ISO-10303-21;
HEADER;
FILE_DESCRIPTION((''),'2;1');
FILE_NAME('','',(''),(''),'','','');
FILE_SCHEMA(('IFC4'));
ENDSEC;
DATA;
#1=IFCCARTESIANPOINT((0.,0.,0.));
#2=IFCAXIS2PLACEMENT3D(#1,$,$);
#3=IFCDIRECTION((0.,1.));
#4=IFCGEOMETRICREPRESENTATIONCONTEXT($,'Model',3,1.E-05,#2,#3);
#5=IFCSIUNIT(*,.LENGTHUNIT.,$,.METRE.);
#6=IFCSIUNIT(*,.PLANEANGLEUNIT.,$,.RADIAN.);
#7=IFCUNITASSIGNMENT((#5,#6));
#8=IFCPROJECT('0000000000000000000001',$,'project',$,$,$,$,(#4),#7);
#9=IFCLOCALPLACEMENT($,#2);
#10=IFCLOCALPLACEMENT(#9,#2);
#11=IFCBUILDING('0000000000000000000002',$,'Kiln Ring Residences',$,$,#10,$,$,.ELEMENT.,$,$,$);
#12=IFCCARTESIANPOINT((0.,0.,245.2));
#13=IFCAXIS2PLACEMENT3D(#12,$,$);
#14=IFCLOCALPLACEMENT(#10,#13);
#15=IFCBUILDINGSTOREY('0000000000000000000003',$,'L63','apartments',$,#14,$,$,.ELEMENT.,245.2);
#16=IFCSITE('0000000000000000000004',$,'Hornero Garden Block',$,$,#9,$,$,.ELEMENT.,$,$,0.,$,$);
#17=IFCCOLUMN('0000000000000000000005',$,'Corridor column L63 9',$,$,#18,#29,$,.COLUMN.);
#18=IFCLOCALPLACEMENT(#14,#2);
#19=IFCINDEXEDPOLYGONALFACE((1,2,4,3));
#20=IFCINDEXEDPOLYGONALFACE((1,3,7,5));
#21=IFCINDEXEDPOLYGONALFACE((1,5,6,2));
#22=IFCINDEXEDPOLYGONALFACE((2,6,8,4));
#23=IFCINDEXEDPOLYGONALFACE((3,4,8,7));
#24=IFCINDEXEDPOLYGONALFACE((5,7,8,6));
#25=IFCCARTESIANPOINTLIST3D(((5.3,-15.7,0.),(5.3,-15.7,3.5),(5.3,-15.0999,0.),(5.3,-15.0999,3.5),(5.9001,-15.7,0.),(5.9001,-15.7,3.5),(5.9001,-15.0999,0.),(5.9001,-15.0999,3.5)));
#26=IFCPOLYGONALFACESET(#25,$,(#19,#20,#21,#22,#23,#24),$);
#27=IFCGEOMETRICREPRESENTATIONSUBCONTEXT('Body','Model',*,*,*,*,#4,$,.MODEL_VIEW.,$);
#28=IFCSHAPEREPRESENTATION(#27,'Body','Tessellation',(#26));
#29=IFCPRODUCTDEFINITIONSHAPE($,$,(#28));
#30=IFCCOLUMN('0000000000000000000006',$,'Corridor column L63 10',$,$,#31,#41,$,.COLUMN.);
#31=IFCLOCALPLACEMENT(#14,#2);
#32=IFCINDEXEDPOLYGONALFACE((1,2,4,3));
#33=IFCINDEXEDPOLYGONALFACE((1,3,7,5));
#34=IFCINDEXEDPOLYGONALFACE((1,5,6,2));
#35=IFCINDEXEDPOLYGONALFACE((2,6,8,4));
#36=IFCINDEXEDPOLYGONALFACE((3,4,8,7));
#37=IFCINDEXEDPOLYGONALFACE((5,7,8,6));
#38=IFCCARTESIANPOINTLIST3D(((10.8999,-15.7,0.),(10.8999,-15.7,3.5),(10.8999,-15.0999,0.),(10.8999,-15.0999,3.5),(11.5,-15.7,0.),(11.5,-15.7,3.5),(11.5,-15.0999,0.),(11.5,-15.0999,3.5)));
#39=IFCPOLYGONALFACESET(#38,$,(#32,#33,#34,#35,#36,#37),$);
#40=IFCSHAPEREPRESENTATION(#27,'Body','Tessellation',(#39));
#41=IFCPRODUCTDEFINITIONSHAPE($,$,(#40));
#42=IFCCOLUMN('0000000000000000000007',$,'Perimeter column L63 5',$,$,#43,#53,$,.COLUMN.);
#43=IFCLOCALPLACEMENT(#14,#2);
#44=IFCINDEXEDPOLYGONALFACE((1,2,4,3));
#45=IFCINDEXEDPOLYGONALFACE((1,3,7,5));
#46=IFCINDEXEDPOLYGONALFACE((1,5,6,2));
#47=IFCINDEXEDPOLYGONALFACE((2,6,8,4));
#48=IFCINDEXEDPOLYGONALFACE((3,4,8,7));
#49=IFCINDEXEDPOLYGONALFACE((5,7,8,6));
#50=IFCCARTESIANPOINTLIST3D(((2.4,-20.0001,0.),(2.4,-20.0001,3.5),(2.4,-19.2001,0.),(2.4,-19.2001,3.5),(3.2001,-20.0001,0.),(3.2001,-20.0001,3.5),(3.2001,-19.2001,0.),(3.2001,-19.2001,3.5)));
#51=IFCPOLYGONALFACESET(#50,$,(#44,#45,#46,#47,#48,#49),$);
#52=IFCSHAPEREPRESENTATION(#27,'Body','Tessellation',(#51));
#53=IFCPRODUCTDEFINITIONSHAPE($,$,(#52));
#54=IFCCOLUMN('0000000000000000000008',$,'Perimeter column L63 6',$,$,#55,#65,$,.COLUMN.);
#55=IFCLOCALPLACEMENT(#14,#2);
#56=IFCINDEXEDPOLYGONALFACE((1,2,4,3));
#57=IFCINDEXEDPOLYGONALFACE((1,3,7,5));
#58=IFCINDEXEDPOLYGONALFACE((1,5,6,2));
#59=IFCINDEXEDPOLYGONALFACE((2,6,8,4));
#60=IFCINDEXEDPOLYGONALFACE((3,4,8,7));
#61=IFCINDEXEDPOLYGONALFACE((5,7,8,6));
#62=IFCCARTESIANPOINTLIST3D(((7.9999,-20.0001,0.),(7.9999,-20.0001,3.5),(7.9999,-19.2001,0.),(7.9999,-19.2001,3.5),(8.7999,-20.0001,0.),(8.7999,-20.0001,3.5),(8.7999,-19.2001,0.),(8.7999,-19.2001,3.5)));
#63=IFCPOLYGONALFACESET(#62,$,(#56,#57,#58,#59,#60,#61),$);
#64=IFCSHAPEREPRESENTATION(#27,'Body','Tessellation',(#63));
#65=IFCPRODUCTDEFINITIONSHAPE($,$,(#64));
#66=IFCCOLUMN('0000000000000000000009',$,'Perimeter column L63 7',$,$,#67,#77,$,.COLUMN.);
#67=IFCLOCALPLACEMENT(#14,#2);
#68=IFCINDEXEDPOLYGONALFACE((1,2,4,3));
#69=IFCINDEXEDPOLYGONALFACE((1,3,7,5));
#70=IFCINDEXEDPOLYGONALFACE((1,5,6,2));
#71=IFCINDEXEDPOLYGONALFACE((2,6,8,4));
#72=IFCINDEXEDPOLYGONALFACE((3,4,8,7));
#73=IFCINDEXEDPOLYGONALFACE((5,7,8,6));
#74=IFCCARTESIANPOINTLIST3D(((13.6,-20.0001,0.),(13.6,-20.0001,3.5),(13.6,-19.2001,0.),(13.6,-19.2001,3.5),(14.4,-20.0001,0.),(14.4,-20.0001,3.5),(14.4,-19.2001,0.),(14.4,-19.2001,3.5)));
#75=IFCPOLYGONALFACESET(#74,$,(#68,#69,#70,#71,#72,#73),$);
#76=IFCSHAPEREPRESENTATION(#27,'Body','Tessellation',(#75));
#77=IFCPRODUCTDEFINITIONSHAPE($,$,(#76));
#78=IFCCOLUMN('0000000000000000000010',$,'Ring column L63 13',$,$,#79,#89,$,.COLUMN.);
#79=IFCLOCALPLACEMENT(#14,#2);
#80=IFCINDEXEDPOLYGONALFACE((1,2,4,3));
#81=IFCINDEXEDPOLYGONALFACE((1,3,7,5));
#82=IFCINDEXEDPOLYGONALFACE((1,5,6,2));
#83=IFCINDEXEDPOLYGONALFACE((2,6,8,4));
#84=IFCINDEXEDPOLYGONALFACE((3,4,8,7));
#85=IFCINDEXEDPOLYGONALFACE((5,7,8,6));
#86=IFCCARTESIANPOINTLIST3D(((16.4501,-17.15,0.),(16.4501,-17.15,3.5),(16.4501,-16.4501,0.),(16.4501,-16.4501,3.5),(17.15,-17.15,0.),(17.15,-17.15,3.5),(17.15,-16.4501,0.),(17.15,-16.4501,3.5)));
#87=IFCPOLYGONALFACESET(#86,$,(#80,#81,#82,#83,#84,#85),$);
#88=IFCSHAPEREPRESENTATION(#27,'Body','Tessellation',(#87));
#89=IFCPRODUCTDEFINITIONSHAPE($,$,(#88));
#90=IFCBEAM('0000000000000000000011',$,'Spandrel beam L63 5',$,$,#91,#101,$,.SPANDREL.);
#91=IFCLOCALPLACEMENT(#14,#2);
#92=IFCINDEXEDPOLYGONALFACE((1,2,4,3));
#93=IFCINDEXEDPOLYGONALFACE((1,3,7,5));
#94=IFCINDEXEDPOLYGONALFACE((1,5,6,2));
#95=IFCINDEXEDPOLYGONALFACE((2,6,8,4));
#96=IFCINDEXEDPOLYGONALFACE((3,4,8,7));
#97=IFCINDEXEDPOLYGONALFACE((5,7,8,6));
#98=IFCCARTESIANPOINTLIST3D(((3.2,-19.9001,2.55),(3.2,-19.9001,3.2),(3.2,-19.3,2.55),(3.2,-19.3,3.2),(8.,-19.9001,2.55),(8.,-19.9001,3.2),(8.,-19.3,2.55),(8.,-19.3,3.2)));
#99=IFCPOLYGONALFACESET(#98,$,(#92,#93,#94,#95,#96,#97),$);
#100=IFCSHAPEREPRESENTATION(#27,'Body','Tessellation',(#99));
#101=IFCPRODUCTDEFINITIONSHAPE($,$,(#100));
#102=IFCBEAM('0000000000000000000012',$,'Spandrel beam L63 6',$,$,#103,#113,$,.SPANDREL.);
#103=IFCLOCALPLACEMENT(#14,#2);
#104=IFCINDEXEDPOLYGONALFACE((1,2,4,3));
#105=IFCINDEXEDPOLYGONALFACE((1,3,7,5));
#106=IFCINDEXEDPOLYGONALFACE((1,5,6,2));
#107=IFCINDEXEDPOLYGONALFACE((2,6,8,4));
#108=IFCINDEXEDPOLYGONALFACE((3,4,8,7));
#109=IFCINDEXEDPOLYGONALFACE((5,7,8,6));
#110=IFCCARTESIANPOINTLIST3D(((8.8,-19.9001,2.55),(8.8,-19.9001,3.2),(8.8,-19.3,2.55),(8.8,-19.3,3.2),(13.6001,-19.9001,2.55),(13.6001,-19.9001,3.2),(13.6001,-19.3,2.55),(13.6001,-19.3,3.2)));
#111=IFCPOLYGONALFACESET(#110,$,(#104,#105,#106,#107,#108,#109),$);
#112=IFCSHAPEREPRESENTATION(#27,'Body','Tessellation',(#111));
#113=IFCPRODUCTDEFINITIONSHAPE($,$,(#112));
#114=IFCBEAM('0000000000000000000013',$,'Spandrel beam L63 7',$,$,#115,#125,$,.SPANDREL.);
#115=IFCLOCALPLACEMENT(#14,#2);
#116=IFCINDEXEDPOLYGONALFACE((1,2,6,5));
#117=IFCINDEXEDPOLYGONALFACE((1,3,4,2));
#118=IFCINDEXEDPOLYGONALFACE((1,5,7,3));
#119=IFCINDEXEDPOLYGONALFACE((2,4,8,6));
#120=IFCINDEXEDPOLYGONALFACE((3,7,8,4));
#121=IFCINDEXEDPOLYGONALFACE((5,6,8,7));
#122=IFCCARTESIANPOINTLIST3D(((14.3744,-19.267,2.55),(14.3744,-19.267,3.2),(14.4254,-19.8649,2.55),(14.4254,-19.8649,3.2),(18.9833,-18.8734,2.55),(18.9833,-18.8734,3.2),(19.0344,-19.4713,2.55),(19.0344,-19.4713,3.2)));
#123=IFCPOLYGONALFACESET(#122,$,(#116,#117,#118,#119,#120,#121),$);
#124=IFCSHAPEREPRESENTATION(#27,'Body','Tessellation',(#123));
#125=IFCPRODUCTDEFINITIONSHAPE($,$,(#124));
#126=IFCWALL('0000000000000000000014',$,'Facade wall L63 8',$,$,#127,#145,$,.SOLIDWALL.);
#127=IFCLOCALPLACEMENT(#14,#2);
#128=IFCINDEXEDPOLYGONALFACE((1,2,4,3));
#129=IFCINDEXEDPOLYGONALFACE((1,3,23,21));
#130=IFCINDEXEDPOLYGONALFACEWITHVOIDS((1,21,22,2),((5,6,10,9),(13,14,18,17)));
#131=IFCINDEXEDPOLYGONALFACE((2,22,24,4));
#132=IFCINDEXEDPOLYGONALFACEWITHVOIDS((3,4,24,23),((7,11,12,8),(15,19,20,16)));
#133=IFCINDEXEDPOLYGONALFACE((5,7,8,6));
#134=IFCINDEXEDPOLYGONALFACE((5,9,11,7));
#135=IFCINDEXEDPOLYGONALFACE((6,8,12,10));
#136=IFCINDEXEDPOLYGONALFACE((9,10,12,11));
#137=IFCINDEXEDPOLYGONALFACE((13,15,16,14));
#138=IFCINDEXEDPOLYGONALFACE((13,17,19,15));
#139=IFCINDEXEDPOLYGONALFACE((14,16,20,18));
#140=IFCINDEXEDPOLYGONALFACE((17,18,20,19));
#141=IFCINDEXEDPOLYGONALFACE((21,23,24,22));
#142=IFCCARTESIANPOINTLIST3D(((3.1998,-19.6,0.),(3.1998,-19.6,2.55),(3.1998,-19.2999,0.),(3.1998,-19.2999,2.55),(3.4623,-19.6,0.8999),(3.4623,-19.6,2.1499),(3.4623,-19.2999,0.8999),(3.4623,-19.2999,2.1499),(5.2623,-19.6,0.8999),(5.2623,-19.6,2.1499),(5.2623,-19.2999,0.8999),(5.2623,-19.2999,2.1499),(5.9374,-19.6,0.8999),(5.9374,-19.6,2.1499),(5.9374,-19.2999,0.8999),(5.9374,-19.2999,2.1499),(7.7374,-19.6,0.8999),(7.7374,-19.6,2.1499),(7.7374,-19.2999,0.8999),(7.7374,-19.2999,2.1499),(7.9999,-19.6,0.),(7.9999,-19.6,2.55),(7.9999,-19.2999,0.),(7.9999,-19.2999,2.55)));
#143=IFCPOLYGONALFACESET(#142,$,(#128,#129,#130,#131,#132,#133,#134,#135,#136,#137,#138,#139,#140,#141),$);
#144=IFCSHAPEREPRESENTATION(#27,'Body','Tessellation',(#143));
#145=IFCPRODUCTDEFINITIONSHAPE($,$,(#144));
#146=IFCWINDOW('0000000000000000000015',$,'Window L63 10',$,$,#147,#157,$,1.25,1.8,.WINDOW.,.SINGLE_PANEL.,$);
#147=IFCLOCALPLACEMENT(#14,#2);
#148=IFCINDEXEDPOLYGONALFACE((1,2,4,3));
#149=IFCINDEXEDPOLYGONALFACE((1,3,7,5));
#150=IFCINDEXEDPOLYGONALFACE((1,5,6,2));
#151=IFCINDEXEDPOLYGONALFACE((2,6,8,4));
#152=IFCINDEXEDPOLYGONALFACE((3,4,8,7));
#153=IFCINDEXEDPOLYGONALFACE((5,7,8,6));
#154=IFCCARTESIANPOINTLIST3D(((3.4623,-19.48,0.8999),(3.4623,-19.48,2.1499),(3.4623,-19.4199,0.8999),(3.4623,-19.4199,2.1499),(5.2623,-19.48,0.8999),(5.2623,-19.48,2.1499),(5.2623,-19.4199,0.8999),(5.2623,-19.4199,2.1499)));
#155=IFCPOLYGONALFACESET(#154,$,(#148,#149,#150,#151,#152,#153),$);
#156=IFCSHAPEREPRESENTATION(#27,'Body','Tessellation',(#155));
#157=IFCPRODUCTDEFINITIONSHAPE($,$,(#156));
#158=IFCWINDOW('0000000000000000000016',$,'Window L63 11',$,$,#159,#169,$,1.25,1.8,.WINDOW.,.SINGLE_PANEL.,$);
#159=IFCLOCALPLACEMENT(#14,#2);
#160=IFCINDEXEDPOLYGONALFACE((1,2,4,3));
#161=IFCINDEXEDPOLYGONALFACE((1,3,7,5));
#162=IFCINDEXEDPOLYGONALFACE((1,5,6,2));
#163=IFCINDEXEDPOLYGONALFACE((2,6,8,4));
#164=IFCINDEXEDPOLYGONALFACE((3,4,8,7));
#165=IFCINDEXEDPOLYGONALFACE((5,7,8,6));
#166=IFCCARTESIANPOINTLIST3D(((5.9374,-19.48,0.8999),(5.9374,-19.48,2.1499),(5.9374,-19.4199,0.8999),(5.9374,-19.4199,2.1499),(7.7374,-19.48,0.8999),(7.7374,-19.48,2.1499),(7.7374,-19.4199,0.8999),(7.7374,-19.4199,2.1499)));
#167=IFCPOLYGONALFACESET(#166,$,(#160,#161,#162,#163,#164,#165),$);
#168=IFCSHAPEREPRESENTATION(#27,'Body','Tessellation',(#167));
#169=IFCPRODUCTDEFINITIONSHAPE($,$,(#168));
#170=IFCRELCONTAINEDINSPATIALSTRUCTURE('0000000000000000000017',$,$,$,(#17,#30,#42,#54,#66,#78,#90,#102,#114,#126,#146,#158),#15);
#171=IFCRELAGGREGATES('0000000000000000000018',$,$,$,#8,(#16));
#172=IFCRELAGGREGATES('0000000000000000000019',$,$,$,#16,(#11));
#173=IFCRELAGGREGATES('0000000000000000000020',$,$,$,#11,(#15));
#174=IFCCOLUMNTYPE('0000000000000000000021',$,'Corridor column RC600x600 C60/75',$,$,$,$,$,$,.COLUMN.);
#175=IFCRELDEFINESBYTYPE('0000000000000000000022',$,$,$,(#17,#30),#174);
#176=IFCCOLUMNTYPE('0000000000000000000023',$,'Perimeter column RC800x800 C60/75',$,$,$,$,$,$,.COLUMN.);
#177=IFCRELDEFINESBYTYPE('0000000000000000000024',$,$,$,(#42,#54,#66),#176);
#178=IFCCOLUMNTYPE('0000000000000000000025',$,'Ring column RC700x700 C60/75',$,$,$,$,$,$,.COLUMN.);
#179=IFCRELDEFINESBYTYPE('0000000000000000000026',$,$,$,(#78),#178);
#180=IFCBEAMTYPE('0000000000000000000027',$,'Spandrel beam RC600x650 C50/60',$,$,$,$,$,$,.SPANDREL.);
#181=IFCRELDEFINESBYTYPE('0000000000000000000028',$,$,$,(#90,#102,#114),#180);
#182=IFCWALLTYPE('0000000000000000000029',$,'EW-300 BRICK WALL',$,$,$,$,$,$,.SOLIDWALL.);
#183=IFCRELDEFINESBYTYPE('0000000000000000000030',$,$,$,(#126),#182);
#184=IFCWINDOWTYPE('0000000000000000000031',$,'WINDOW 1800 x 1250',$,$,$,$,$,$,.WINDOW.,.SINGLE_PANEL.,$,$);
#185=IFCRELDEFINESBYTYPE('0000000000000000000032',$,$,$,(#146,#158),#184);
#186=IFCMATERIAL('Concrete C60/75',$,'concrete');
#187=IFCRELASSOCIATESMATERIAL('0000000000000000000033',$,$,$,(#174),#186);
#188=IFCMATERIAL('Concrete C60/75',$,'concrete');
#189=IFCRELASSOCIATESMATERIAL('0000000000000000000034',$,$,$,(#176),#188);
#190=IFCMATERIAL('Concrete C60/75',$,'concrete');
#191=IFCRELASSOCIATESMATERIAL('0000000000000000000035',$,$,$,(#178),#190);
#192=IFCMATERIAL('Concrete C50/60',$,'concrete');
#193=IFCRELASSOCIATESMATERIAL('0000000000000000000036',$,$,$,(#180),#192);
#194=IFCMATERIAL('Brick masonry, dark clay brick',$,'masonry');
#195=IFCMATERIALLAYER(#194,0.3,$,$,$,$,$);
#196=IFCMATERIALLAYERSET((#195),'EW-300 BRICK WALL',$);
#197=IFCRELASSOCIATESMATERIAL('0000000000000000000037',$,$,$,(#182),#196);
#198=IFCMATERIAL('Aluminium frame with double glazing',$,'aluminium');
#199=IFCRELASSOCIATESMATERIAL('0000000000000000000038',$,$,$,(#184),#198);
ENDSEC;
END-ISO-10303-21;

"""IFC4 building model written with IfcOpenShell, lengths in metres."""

from ifc_helpers import new_model, si_unit, direction, frame, frame_2d, origin, origin_2d, place, context, subcontext, project, spatial, rectangle, extrude, material, layer, layer_set, material_profile, profile_set, type_object, element, fill, save


model = new_model("IFC4")

# Units and contexts
model_context = context("Model", 3, precision=1e-05, world=origin(), true_north=direction((0.0, 1.0)))
body_context = subcontext(model_context, "Body", "Model", "MODEL_VIEW")
ifc_project = project(units=[si_unit("LENGTHUNIT", "METRE"), si_unit("PLANEANGLEUNIT", "RADIAN")], contexts=[model_context])

# Site, building, storey
site_placement = place(None, origin())
site = spatial("IfcSite", under=ifc_project, at=site_placement, Name="Hornero Garden Block", CompositionType="ELEMENT", RefElevation=0.0)
building_placement = place(site_placement, origin())
building = spatial("IfcBuilding", under=site, at=building_placement, Name="Kiln Ring Residences", CompositionType="ELEMENT")
storey_placement = place(building_placement, frame((0.0, 0.0, 245.2)))
storey = spatial("IfcBuildingStorey", under=building, at=storey_placement, Name="L63", Description="apartments", CompositionType="ELEMENT", Elevation=245.2)

# Columns
ifc_material_1 = material(Name="Concrete C60/75", Category="concrete")
ifc_material_profile_1 = material_profile(ifc_material_1, rectangle(XDim=0.6001, YDim=0.6001, at=origin_2d()), Name="RC600x600")
ifc_profile_set_1 = profile_set([ifc_material_profile_1], Name="Concrete C60/75")
column_type_1 = type_object("IfcColumnType", Name="Corridor column RC600x600 C60/75", PredefinedType="COLUMN", material=ifc_profile_set_1)
for number, where, z_axis, x_axis, name in (
    (1, (5.6001, -15.3999, 0.0), (0.0, 0.0, 1.0), (1.0, 0.0, 0.0), "Corridor column L63 9"),
    (2, (11.2, -15.3999, 0.0), (0.0, 0.0, 1.0), (1.0, 0.0, 0.0), "Corridor column L63 10"),
):
    element("IfcColumn", number, at=place(storey_placement, frame(where, z_axis=z_axis, x_axis=x_axis)), inside=storey, type_object=column_type_1, Name=name, PredefinedType="COLUMN", context=body_context, shape_type="SweptSolid", body=[
        extrude(rectangle(XDim=0.6001, YDim=0.6001, at=origin_2d()), origin(), (0.0, 0.0, 1.0), 3.5),
    ])
ifc_material_2 = material(Name="Concrete C60/75", Category="concrete")
ifc_material_profile_2 = material_profile(ifc_material_2, rectangle(XDim=0.8, YDim=0.8, at=origin_2d()), Name="RC800x800")
ifc_profile_set_2 = profile_set([ifc_material_profile_2], Name="Concrete C60/75")
column_type_2 = type_object("IfcColumnType", Name="Perimeter column RC800x800 C60/75", PredefinedType="COLUMN", material=ifc_profile_set_2)
for number, where, z_axis, x_axis, name in (
    (3, (2.8, -19.6001, 0.0), (0.0, 0.0, 1.0), (1.0, 0.0, 0.0), "Perimeter column L63 5"),
    (4, (8.3999, -19.6001, 0.0), (0.0, 0.0, 1.0), (1.0, 0.0, 0.0), "Perimeter column L63 6"),
    (5, (14.0, -19.6001, 0.0), (0.0, 0.0, 1.0), (1.0, 0.0, 0.0), "Perimeter column L63 7"),
):
    element("IfcColumn", number, at=place(storey_placement, frame(where, z_axis=z_axis, x_axis=x_axis)), inside=storey, type_object=column_type_2, Name=name, PredefinedType="COLUMN", context=body_context, shape_type="SweptSolid", body=[
        extrude(rectangle(XDim=0.8, YDim=0.8, at=origin_2d()), origin(), (0.0, 0.0, 1.0), 3.5),
    ])
ifc_material_3 = material(Name="Concrete C60/75", Category="concrete")
ifc_material_profile_3 = material_profile(ifc_material_3, rectangle(XDim=0.7, YDim=0.7, at=origin_2d()), Name="RC700x700")
ifc_profile_set_3 = profile_set([ifc_material_profile_3], Name="Concrete C60/75")
column_type_3 = type_object("IfcColumnType", Name="Ring column RC700x700 C60/75", PredefinedType="COLUMN", material=ifc_profile_set_3)
column_placement = place(storey_placement, frame((16.8, -16.8, 0.0), z_axis=(0.0, 0.0, 1.0), x_axis=(1.0, 0.0, 0.0)))
element("IfcColumn", 6, at=column_placement, inside=storey, type_object=column_type_3, Name="Ring column L63 13", PredefinedType="COLUMN", context=body_context, shape_type="SweptSolid", body=[
    extrude(rectangle(XDim=0.7, YDim=0.7, at=origin_2d()), origin(), (0.0, 0.0, 1.0), 3.5),
])

# Beams
ifc_material_4 = material(Name="Concrete C50/60", Category="concrete")
ifc_material_profile_4 = material_profile(ifc_material_4, rectangle(XDim=0.6001, YDim=0.6499, at=origin_2d()), Name="RC600x650")
ifc_profile_set_4 = profile_set([ifc_material_profile_4], Name="Concrete C50/60")
beam_type = type_object("IfcBeamType", Name="Spandrel beam RC600x650 C50/60", PredefinedType="SPANDREL", material=ifc_profile_set_4)
for number, where, z_axis, x_axis, name in (
    (7, (3.2, -19.6001, 2.875), (1.0, 0.0, 0.0), (0.0, 1.0, 0.0), "Spandrel beam L63 5"),
    (8, (8.8, -19.6001, 2.875), (1.0, 0.0, 0.0), (0.0, 1.0, 0.0), "Spandrel beam L63 6"),
):
    element("IfcBeam", number, at=place(storey_placement, frame(where, z_axis=z_axis, x_axis=x_axis)), inside=storey, type_object=beam_type, Name=name, PredefinedType="SPANDREL", context=body_context, shape_type="SweptSolid", body=[
        extrude(rectangle(XDim=0.6001, YDim=0.6499, at=origin_2d()), origin(), (0.0, 0.0, 1.0), 4.8),
    ])
beam_placement = place(storey_placement, frame((14.3999, -19.5659, 2.875), z_axis=(0.996374, 0.085081, 0.0), x_axis=(-0.085081, 0.996374, 0.0)))
element("IfcBeam", 9, at=beam_placement, inside=storey, type_object=beam_type, Name="Spandrel beam L63 7", PredefinedType="SPANDREL", context=body_context, shape_type="SweptSolid", body=[
    extrude(rectangle(XDim=0.6001, YDim=0.6499, at=origin_2d()), origin(), (0.0, 0.0, 1.0), 4.6257),
])

# Wall, openings, windows
ifc_material_5 = material(Name="Brick masonry, dark clay brick", Category="masonry")
ifc_layer_1 = layer(ifc_material_5, 0.3)
ifc_layer_set_1 = layer_set([ifc_layer_1], Name="EW-300 BRICK WALL")
wall_type_1 = type_object("IfcWallType", Name="EW-300 BRICK WALL", PredefinedType="SOLIDWALL", material=ifc_layer_set_1)
wall_1_placement = place(storey_placement, frame((3.2, -19.45, 0.0), z_axis=(0.0, 0.0, 1.0), x_axis=(1.0, 0.0, 0.0)))
wall_1 = element("IfcWall", 10, at=wall_1_placement, inside=storey, type_object=wall_type_1, Name="Facade wall L63 8", PredefinedType="SOLIDWALL", context=body_context, shape_type="SweptSolid", body=[
    extrude(rectangle(XDim=4.8, YDim=0.3, at=frame_2d((2.3999, 0.0))), origin(), (0.0, 0.0, 1.0), 2.55),
])
opening_1_placement = place(wall_1_placement, frame((0.2625, 0.0, 0.8999)))
opening_1 = element("IfcOpeningElement", 11, at=opening_1_placement, cuts=wall_1, PredefinedType="OPENING", context=body_context, shape_type="SweptSolid", body=[
    extrude(rectangle(XDim=1.8, YDim=1.25, at=frame_2d((0.8999, 0.625))), frame((0.0, 0.1599, 0.0), z_axis=(0.0, -1.0, 0.0), x_axis=(1.0, 0.0, 0.0)), (0.0, 0.0, 1.0), 0.3201),
])
opening_2_placement = place(wall_1_placement, frame((2.7375, 0.0, 0.8999)))
opening_2 = element("IfcOpeningElement", 12, at=opening_2_placement, cuts=wall_1, PredefinedType="OPENING", context=body_context, shape_type="SweptSolid", body=[
    extrude(rectangle(XDim=1.8, YDim=1.25, at=frame_2d((0.8999, 0.625))), frame((0.0, 0.1599, 0.0), z_axis=(0.0, -1.0, 0.0), x_axis=(1.0, 0.0, 0.0)), (0.0, 0.0, 1.0), 0.3201),
])
ifc_material_6 = material(Name="Aluminium frame with double glazing", Category="aluminium")
window_type_1 = type_object("IfcWindowType", Name="WINDOW 1800 x 1250", PartitioningType="SINGLE_PANEL", PredefinedType="WINDOW", material=ifc_material_6)
window_1_placement = place(opening_1_placement, origin())
window_1 = element("IfcWindow", 13, at=window_1_placement, inside=storey, type_object=window_type_1, Name="Window L63 10", OverallHeight=1.25, OverallWidth=1.8, PartitioningType="SINGLE_PANEL", PredefinedType="WINDOW", context=body_context, shape_type="SweptSolid", body=[
    extrude(rectangle(XDim=1.8, YDim=1.25, at=frame_2d((0.8999, 0.625))), frame((0.0, 0.03, 0.0), z_axis=(0.0, -1.0, 0.0), x_axis=(1.0, 0.0, 0.0)), (0.0, 0.0, 1.0), 0.0601),
])
fill(opening_1, window_1)
window_2_placement = place(opening_2_placement, origin())
window_2 = element("IfcWindow", 14, at=window_2_placement, inside=storey, type_object=window_type_1, Name="Window L63 11", OverallHeight=1.25, OverallWidth=1.8, PartitioningType="SINGLE_PANEL", PredefinedType="WINDOW", context=body_context, shape_type="SweptSolid", body=[
    extrude(rectangle(XDim=1.8, YDim=1.25, at=frame_2d((0.8999, 0.625))), frame((0.0, 0.03, 0.0), z_axis=(0.0, -1.0, 0.0), x_axis=(1.0, 0.0, 0.0)), (0.0, 0.0, 1.0), 0.0601),
])
fill(opening_2, window_2)

save(model, "model.ifc")
